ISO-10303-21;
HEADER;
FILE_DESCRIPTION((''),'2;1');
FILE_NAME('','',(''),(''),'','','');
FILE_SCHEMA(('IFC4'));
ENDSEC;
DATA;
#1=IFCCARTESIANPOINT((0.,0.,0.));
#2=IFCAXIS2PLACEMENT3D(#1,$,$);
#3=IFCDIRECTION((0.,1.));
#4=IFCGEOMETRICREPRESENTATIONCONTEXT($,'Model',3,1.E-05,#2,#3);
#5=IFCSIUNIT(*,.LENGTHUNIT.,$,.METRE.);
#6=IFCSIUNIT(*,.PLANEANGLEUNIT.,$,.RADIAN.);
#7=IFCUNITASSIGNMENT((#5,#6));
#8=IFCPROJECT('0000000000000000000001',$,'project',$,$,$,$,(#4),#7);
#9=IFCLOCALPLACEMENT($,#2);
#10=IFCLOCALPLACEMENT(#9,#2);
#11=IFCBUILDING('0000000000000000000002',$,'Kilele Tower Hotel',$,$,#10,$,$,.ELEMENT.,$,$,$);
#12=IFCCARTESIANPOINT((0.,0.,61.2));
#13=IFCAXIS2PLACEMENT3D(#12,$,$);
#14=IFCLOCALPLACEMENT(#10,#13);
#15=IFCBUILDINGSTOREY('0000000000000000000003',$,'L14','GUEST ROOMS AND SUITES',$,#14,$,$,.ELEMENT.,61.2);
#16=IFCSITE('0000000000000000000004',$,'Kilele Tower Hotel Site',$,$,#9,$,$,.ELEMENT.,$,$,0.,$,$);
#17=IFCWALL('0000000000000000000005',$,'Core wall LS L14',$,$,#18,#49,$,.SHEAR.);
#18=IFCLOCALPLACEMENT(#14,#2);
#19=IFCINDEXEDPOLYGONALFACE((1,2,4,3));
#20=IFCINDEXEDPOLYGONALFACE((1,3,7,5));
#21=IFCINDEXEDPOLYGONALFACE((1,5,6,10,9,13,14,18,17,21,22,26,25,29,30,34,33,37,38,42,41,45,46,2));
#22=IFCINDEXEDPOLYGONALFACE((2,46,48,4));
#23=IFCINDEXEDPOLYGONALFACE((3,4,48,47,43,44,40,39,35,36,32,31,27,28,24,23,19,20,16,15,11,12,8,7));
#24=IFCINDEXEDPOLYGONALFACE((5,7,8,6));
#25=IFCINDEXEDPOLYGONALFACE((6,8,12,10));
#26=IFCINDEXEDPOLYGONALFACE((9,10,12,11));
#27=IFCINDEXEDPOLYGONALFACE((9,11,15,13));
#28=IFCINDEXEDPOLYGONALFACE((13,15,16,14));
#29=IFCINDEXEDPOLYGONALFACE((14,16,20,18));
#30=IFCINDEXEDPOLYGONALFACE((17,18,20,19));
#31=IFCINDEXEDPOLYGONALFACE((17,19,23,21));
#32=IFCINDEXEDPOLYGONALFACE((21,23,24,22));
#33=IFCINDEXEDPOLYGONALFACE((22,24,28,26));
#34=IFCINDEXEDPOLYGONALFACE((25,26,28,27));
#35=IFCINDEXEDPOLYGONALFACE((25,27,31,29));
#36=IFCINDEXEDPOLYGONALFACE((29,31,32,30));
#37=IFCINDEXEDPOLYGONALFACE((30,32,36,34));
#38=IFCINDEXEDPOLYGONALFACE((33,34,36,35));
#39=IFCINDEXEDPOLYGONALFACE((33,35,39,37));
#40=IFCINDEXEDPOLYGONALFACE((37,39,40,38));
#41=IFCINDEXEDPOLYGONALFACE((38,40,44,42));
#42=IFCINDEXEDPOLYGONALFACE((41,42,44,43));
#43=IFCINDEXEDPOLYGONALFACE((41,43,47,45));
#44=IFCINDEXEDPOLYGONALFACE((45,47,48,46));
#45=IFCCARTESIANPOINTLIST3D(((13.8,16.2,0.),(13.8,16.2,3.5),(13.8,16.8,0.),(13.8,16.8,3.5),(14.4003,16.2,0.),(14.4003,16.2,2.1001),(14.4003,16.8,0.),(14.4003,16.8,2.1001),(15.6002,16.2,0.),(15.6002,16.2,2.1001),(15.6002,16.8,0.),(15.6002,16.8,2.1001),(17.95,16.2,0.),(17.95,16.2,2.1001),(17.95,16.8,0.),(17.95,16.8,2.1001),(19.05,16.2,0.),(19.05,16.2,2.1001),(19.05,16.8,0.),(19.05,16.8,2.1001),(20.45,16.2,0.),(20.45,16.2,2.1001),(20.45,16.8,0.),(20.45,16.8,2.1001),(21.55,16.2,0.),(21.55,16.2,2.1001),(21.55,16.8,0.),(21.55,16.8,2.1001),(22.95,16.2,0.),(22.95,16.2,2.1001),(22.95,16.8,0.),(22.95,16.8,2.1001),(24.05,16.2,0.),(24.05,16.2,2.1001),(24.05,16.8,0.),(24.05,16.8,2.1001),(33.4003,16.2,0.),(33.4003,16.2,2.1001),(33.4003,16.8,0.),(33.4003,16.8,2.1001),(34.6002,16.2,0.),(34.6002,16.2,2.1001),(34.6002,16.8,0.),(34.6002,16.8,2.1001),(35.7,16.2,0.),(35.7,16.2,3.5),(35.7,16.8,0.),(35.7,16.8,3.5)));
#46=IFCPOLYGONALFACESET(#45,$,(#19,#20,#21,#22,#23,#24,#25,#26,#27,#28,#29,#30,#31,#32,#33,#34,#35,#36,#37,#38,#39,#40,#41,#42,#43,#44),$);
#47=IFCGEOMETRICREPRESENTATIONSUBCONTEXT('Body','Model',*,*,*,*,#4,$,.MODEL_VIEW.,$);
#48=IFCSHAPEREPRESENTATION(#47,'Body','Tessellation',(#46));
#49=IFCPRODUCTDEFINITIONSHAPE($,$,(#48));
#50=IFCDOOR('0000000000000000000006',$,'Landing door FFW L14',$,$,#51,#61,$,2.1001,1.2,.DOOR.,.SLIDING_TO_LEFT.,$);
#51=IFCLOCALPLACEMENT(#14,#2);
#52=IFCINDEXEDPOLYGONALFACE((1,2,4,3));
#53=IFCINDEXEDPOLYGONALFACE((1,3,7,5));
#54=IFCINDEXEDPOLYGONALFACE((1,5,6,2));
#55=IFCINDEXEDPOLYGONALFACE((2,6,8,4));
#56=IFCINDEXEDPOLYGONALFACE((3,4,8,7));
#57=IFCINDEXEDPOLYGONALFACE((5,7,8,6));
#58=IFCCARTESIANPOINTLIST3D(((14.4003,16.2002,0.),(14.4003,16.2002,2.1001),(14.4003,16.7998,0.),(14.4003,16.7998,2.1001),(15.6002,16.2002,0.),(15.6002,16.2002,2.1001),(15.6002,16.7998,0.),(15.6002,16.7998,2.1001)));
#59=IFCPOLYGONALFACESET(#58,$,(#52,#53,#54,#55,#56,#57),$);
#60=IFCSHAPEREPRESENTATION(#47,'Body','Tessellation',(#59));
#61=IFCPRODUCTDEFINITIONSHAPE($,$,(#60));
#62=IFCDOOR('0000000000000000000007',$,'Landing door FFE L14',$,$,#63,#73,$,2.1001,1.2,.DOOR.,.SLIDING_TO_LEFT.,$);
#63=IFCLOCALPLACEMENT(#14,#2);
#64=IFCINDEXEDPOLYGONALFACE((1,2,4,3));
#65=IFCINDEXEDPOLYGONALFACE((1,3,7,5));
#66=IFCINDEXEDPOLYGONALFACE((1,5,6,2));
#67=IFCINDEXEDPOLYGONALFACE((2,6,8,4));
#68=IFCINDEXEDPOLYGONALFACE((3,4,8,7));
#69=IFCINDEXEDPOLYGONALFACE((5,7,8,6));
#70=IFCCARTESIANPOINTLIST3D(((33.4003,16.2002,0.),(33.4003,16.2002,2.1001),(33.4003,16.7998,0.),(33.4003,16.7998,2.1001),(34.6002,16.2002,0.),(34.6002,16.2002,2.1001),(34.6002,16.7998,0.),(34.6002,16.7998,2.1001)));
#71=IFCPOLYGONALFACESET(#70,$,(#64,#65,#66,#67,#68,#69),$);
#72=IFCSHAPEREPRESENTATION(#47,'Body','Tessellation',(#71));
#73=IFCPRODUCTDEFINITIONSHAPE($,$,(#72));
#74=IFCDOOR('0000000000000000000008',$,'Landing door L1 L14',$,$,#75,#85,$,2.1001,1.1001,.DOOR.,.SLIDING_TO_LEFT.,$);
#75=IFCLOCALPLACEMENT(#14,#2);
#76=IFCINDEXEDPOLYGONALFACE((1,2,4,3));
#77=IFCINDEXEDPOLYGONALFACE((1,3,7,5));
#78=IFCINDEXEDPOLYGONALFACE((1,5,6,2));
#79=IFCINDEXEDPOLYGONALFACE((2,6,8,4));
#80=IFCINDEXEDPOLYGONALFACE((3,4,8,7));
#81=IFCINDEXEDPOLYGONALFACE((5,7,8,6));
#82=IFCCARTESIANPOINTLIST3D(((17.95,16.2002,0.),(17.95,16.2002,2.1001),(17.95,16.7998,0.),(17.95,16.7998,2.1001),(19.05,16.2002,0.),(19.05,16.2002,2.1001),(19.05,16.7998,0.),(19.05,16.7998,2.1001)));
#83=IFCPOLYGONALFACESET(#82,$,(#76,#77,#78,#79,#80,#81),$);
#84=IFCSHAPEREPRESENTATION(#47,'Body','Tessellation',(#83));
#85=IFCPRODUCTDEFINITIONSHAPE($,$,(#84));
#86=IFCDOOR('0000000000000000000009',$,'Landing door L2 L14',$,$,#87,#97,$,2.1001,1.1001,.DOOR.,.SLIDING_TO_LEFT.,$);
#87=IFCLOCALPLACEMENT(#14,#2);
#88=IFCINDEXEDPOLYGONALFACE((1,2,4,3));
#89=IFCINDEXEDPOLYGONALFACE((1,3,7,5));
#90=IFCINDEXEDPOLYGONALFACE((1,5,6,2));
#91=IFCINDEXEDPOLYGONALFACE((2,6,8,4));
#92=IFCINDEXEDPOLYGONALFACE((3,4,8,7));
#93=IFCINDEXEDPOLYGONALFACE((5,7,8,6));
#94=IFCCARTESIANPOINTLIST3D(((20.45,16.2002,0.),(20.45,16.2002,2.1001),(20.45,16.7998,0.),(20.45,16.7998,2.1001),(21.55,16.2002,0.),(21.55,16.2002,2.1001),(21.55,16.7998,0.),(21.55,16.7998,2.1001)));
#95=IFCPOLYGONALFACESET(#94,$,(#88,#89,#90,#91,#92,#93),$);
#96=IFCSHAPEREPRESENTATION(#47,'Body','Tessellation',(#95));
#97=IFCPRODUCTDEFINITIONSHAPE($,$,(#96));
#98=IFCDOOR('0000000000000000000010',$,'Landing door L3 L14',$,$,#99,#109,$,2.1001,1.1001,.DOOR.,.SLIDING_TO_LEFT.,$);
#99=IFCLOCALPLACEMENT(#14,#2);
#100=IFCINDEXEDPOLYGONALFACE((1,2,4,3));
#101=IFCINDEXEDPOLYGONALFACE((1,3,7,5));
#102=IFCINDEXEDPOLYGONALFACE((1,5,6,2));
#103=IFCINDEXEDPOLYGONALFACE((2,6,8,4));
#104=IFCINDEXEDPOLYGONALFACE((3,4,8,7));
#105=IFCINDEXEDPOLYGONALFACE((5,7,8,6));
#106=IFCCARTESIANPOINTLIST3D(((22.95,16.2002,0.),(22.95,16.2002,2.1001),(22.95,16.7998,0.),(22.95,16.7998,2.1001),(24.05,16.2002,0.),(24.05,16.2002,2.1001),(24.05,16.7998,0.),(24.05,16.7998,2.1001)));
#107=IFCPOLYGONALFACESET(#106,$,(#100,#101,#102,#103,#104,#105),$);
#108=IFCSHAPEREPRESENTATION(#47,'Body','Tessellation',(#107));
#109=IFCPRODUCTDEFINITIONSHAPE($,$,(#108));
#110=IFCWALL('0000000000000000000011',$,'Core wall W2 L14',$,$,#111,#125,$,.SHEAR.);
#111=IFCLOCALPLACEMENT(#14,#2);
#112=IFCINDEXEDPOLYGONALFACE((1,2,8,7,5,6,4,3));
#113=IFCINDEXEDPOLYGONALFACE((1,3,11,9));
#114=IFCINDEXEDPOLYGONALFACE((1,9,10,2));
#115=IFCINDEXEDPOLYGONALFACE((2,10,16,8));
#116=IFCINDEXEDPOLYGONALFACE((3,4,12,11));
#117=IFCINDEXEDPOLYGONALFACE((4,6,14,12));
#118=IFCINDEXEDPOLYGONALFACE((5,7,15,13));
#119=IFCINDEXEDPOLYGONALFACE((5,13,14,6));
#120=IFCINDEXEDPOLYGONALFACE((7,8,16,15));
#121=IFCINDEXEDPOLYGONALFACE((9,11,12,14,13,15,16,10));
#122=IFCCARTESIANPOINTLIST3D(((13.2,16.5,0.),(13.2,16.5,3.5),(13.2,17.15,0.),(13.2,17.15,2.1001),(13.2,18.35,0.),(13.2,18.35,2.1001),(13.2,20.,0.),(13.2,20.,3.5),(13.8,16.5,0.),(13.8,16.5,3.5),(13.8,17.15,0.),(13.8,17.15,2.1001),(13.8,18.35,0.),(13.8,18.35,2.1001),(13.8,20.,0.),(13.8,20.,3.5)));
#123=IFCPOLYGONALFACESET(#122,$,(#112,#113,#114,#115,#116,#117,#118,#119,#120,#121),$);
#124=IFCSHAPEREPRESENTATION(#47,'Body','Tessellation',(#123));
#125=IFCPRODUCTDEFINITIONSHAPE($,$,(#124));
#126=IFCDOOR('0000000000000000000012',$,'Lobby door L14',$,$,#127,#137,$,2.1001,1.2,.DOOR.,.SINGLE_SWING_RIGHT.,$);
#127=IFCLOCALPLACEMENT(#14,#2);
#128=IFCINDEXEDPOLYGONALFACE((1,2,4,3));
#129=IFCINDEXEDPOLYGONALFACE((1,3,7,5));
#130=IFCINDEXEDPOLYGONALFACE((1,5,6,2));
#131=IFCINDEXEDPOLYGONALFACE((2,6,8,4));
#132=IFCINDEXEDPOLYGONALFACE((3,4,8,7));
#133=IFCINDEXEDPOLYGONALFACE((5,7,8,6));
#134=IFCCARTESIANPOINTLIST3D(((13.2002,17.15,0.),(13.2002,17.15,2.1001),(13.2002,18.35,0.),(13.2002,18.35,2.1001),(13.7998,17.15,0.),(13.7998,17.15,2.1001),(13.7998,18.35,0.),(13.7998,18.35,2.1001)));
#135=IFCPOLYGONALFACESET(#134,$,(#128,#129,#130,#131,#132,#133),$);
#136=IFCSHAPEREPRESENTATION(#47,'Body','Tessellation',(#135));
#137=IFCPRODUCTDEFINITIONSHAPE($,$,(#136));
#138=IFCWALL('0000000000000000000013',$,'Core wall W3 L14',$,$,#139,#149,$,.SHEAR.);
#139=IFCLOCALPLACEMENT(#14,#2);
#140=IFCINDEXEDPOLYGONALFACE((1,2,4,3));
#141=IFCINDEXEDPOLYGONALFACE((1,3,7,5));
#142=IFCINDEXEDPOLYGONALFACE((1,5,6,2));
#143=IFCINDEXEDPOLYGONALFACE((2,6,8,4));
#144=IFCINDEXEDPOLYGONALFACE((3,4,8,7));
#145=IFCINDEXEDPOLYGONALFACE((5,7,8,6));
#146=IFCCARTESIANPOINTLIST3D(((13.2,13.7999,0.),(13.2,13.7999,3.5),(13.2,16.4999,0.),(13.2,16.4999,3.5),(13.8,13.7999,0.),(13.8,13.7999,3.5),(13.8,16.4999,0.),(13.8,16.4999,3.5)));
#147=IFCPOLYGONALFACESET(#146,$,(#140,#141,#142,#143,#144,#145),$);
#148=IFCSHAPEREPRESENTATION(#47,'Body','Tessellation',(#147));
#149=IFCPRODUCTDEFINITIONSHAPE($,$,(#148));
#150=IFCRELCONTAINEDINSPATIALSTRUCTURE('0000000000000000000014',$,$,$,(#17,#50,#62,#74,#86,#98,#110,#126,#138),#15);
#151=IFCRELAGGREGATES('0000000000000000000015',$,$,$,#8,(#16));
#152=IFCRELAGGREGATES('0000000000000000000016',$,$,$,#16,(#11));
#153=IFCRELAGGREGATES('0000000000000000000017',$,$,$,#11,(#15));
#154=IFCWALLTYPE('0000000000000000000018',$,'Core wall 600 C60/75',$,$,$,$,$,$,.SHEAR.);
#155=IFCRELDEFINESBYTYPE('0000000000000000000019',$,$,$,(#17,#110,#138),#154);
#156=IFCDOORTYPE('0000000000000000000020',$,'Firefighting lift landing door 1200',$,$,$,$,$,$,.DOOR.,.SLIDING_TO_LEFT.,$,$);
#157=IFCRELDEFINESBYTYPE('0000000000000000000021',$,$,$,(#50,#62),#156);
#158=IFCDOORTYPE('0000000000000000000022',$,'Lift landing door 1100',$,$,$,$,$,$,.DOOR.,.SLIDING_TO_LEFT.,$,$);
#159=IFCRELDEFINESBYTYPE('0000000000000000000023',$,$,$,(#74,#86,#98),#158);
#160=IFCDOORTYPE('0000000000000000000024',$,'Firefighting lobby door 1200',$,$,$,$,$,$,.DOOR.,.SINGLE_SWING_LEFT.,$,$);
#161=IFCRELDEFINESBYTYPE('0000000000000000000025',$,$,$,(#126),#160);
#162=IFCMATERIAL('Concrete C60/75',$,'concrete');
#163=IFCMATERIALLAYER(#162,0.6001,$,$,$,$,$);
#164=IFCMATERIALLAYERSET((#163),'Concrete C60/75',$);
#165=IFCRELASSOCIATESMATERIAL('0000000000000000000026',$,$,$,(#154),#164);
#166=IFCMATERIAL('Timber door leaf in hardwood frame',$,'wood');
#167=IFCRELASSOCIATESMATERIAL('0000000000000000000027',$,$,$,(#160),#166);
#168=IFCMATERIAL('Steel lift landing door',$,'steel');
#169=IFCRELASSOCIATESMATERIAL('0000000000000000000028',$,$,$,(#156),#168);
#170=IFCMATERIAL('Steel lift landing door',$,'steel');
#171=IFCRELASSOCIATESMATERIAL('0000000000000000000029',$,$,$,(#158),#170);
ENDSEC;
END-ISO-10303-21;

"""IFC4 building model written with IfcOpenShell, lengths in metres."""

from ifc_helpers import new_model, si_unit, direction, frame, frame_2d, origin, place, context, subcontext, project, spatial, rectangle, extrude, material, layer, layer_set, type_object, element, fill, save


model = new_model("IFC4")

# Units and contexts
model_context = context("Model", 3, precision=1e-05, world=origin(), true_north=direction((0.0, 1.0)))
body_context = subcontext(model_context, "Body", "Model", "MODEL_VIEW")
ifc_project = project(units=[si_unit("LENGTHUNIT", "METRE"), si_unit("PLANEANGLEUNIT", "RADIAN")], contexts=[model_context])

# Site, building, storey
site_placement = place(None, origin())
site = spatial("IfcSite", under=ifc_project, at=site_placement, Name="Kilele Tower Hotel Site", CompositionType="ELEMENT", RefElevation=0.0)
building_placement = place(site_placement, origin())
building = spatial("IfcBuilding", under=site, at=building_placement, Name="Kilele Tower Hotel", CompositionType="ELEMENT")
storey_placement = place(building_placement, frame((0.0, 0.0, 61.2)))
storey = spatial("IfcBuildingStorey", under=building, at=storey_placement, Name="L14", Description="GUEST ROOMS AND SUITES", CompositionType="ELEMENT", Elevation=61.2)

# Shared definitions
ifc_material_1 = material(Name="Concrete C60/75", Category="concrete")
ifc_layer_1 = layer(ifc_material_1, 0.6001)
ifc_layer_set_1 = layer_set([ifc_layer_1], Name="Concrete C60/75")
wall_type_1 = type_object("IfcWallType", Name="Core wall 600 C60/75", PredefinedType="SHEAR", material=ifc_layer_set_1)

# Shared definitions
ifc_material_2 = material(Name="Timber door leaf in hardwood frame", Category="wood")
door_type_1 = type_object("IfcDoorType", Name="Firefighting lobby door 1200", OperationType="SINGLE_SWING_LEFT", PredefinedType="DOOR", material=ifc_material_2)

# Wall, openings, doors
wall_1_placement = place(storey_placement, frame((13.8, 16.5, 0.0), z_axis=(0.0, 0.0, 1.0), x_axis=(1.0, 0.0, 0.0)))
wall_1 = element("IfcWall", 1, at=wall_1_placement, inside=storey, type_object=wall_type_1, Name="Core wall LS L14", PredefinedType="SHEAR", context=body_context, shape_type="SweptSolid", body=[
    extrude(rectangle(XDim=21.8999, YDim=0.6001, at=frame_2d((10.95, 0.0))), origin(), (0.0, 0.0, 1.0), 3.5),
])
opening_1_placement = place(wall_1_placement, frame((4.1499, 0.0, 0.0)))
opening_1 = element("IfcOpeningElement", 2, at=opening_1_placement, cuts=wall_1, PredefinedType="OPENING", context=body_context, shape_type="SweptSolid", body=[
    extrude(rectangle(XDim=1.1001, YDim=2.1001, at=frame_2d((0.55, 1.05))), frame((0.0, 0.3101, 0.0), z_axis=(0.0, -1.0, 0.0), x_axis=(1.0, 0.0, 0.0)), (0.0, 0.0, 1.0), 0.6201),
])
opening_2_placement = place(wall_1_placement, frame((6.6499, 0.0, 0.0)))
opening_2 = element("IfcOpeningElement", 3, at=opening_2_placement, cuts=wall_1, PredefinedType="OPENING", context=body_context, shape_type="SweptSolid", body=[
    extrude(rectangle(XDim=1.1001, YDim=2.1001, at=frame_2d((0.55, 1.05))), frame((0.0, 0.3101, 0.0), z_axis=(0.0, -1.0, 0.0), x_axis=(1.0, 0.0, 0.0)), (0.0, 0.0, 1.0), 0.6201),
])
opening_3_placement = place(wall_1_placement, frame((9.1499, 0.0, 0.0)))
opening_3 = element("IfcOpeningElement", 4, at=opening_3_placement, cuts=wall_1, PredefinedType="OPENING", context=body_context, shape_type="SweptSolid", body=[
    extrude(rectangle(XDim=1.1001, YDim=2.1001, at=frame_2d((0.55, 1.05))), frame((0.0, 0.3101, 0.0), z_axis=(0.0, -1.0, 0.0), x_axis=(1.0, 0.0, 0.0)), (0.0, 0.0, 1.0), 0.6201),
])
opening_4_placement = place(wall_1_placement, frame((0.6001, 0.0, 0.0)))
opening_4 = element("IfcOpeningElement", 5, at=opening_4_placement, cuts=wall_1, PredefinedType="OPENING", context=body_context, shape_type="SweptSolid", body=[
    extrude(rectangle(XDim=1.2, YDim=2.1001, at=frame_2d((0.6001, 1.05))), frame((0.0, 0.3101, 0.0), z_axis=(0.0, -1.0, 0.0), x_axis=(1.0, 0.0, 0.0)), (0.0, 0.0, 1.0), 0.6201),
])
opening_5_placement = place(wall_1_placement, frame((19.6001, 0.0, 0.0)))
opening_5 = element("IfcOpeningElement", 6, at=opening_5_placement, cuts=wall_1, PredefinedType="OPENING", context=body_context, shape_type="SweptSolid", body=[
    extrude(rectangle(XDim=1.2, YDim=2.1001, at=frame_2d((0.6001, 1.05))), frame((0.0, 0.3101, 0.0), z_axis=(0.0, -1.0, 0.0), x_axis=(1.0, 0.0, 0.0)), (0.0, 0.0, 1.0), 0.6201),
])
ifc_material_3 = material(Name="Steel lift landing door", Category="steel")
door_type_2 = type_object("IfcDoorType", Name="Firefighting lift landing door 1200", OperationType="SLIDING_TO_LEFT", PredefinedType="DOOR", material=ifc_material_3)
door_1_placement = place(opening_4_placement, origin())
door_1 = element("IfcDoor", 7, at=door_1_placement, inside=storey, type_object=door_type_2, Name="Landing door FFW L14", OperationType="SLIDING_TO_LEFT", OverallHeight=2.1001, OverallWidth=1.2, PredefinedType="DOOR", context=body_context, shape_type="SweptSolid", body=[
    extrude(rectangle(XDim=1.2, YDim=2.1001, at=frame_2d((0.6001, 1.05))), frame((0.0, 0.2998, 0.0), z_axis=(0.0, -1.0, 0.0), x_axis=(1.0, 0.0, 0.0)), (0.0, 0.0, 1.0), 0.5996),
])
fill(opening_4, door_1)
door_2_placement = place(opening_5_placement, origin())
door_2 = element("IfcDoor", 8, at=door_2_placement, inside=storey, type_object=door_type_2, Name="Landing door FFE L14", OperationType="SLIDING_TO_LEFT", OverallHeight=2.1001, OverallWidth=1.2, PredefinedType="DOOR", context=body_context, shape_type="SweptSolid", body=[
    extrude(rectangle(XDim=1.2, YDim=2.1001, at=frame_2d((0.6001, 1.05))), frame((0.0, 0.2998, 0.0), z_axis=(0.0, -1.0, 0.0), x_axis=(1.0, 0.0, 0.0)), (0.0, 0.0, 1.0), 0.5996),
])
fill(opening_5, door_2)
ifc_material_4 = material(Name="Steel lift landing door", Category="steel")
door_type_3 = type_object("IfcDoorType", Name="Lift landing door 1100", OperationType="SLIDING_TO_LEFT", PredefinedType="DOOR", material=ifc_material_4)
door_3_placement = place(opening_1_placement, origin())
door_3 = element("IfcDoor", 9, at=door_3_placement, inside=storey, type_object=door_type_3, Name="Landing door L1 L14", OperationType="SLIDING_TO_LEFT", OverallHeight=2.1001, OverallWidth=1.1001, PredefinedType="DOOR", context=body_context, shape_type="SweptSolid", body=[
    extrude(rectangle(XDim=1.1001, YDim=2.1001, at=frame_2d((0.55, 1.05))), frame((0.0, 0.2998, 0.0), z_axis=(0.0, -1.0, 0.0), x_axis=(1.0, 0.0, 0.0)), (0.0, 0.0, 1.0), 0.5996),
])
fill(opening_1, door_3)
door_4_placement = place(opening_2_placement, origin())
door_4 = element("IfcDoor", 10, at=door_4_placement, inside=storey, type_object=door_type_3, Name="Landing door L2 L14", OperationType="SLIDING_TO_LEFT", OverallHeight=2.1001, OverallWidth=1.1001, PredefinedType="DOOR", context=body_context, shape_type="SweptSolid", body=[
    extrude(rectangle(XDim=1.1001, YDim=2.1001, at=frame_2d((0.55, 1.05))), frame((0.0, 0.2998, 0.0), z_axis=(0.0, -1.0, 0.0), x_axis=(1.0, 0.0, 0.0)), (0.0, 0.0, 1.0), 0.5996),
])
fill(opening_2, door_4)
door_5_placement = place(opening_3_placement, origin())
door_5 = element("IfcDoor", 11, at=door_5_placement, inside=storey, type_object=door_type_3, Name="Landing door L3 L14", OperationType="SLIDING_TO_LEFT", OverallHeight=2.1001, OverallWidth=1.1001, PredefinedType="DOOR", context=body_context, shape_type="SweptSolid", body=[
    extrude(rectangle(XDim=1.1001, YDim=2.1001, at=frame_2d((0.55, 1.05))), frame((0.0, 0.2998, 0.0), z_axis=(0.0, -1.0, 0.0), x_axis=(1.0, 0.0, 0.0)), (0.0, 0.0, 1.0), 0.5996),
])
fill(opening_3, door_5)

# Wall, opening, door
wall_2_placement = place(storey_placement, frame((13.5, 20.0, 0.0), z_axis=(0.0, 0.0, 1.0), x_axis=(0.0, -1.0, 0.0)))
wall_2 = element("IfcWall", 12, at=wall_2_placement, inside=storey, type_object=wall_type_1, Name="Core wall W2 L14", PredefinedType="SHEAR", context=body_context, shape_type="SweptSolid", body=[
    extrude(rectangle(XDim=3.5, YDim=0.6001, at=frame_2d((1.75, 0.0))), origin(), (0.0, 0.0, 1.0), 3.5),
])
opening_6_placement = place(wall_2_placement, frame((1.6499, 0.0, 0.0)))
opening_6 = element("IfcOpeningElement", 13, at=opening_6_placement, cuts=wall_2, PredefinedType="OPENING", context=body_context, shape_type="SweptSolid", body=[
    extrude(rectangle(XDim=1.2, YDim=2.1001, at=frame_2d((0.6001, 1.05))), frame((0.0, 0.3101, 0.0), z_axis=(0.0, -1.0, 0.0), x_axis=(1.0, 0.0, 0.0)), (0.0, 0.0, 1.0), 0.6201),
])
door_6_placement = place(opening_6_placement, origin())
door_6 = element("IfcDoor", 14, at=door_6_placement, inside=storey, type_object=door_type_1, Name="Lobby door L14", OperationType="SINGLE_SWING_RIGHT", OverallHeight=2.1001, OverallWidth=1.2, PredefinedType="DOOR", context=body_context, shape_type="SweptSolid", body=[
    extrude(rectangle(XDim=1.2, YDim=2.1001, at=frame_2d((0.6001, 1.05))), frame((0.0, 0.2998, 0.0), z_axis=(0.0, -1.0, 0.0), x_axis=(1.0, 0.0, 0.0)), (0.0, 0.0, 1.0), 0.5996),
])
fill(opening_6, door_6)

# Wall
wall_3_placement = place(storey_placement, frame((13.5, 16.5, 0.0), z_axis=(0.0, 0.0, 1.0), x_axis=(0.0, -1.0, 0.0)))
element("IfcWall", 15, at=wall_3_placement, inside=storey, type_object=wall_type_1, Name="Core wall W3 L14", PredefinedType="SHEAR", context=body_context, shape_type="SweptSolid", body=[
    extrude(rectangle(XDim=2.7, YDim=0.6001, at=frame_2d((1.3501, 0.0))), origin(), (0.0, 0.0, 1.0), 3.5),
])

save(model, "model.ifc")
